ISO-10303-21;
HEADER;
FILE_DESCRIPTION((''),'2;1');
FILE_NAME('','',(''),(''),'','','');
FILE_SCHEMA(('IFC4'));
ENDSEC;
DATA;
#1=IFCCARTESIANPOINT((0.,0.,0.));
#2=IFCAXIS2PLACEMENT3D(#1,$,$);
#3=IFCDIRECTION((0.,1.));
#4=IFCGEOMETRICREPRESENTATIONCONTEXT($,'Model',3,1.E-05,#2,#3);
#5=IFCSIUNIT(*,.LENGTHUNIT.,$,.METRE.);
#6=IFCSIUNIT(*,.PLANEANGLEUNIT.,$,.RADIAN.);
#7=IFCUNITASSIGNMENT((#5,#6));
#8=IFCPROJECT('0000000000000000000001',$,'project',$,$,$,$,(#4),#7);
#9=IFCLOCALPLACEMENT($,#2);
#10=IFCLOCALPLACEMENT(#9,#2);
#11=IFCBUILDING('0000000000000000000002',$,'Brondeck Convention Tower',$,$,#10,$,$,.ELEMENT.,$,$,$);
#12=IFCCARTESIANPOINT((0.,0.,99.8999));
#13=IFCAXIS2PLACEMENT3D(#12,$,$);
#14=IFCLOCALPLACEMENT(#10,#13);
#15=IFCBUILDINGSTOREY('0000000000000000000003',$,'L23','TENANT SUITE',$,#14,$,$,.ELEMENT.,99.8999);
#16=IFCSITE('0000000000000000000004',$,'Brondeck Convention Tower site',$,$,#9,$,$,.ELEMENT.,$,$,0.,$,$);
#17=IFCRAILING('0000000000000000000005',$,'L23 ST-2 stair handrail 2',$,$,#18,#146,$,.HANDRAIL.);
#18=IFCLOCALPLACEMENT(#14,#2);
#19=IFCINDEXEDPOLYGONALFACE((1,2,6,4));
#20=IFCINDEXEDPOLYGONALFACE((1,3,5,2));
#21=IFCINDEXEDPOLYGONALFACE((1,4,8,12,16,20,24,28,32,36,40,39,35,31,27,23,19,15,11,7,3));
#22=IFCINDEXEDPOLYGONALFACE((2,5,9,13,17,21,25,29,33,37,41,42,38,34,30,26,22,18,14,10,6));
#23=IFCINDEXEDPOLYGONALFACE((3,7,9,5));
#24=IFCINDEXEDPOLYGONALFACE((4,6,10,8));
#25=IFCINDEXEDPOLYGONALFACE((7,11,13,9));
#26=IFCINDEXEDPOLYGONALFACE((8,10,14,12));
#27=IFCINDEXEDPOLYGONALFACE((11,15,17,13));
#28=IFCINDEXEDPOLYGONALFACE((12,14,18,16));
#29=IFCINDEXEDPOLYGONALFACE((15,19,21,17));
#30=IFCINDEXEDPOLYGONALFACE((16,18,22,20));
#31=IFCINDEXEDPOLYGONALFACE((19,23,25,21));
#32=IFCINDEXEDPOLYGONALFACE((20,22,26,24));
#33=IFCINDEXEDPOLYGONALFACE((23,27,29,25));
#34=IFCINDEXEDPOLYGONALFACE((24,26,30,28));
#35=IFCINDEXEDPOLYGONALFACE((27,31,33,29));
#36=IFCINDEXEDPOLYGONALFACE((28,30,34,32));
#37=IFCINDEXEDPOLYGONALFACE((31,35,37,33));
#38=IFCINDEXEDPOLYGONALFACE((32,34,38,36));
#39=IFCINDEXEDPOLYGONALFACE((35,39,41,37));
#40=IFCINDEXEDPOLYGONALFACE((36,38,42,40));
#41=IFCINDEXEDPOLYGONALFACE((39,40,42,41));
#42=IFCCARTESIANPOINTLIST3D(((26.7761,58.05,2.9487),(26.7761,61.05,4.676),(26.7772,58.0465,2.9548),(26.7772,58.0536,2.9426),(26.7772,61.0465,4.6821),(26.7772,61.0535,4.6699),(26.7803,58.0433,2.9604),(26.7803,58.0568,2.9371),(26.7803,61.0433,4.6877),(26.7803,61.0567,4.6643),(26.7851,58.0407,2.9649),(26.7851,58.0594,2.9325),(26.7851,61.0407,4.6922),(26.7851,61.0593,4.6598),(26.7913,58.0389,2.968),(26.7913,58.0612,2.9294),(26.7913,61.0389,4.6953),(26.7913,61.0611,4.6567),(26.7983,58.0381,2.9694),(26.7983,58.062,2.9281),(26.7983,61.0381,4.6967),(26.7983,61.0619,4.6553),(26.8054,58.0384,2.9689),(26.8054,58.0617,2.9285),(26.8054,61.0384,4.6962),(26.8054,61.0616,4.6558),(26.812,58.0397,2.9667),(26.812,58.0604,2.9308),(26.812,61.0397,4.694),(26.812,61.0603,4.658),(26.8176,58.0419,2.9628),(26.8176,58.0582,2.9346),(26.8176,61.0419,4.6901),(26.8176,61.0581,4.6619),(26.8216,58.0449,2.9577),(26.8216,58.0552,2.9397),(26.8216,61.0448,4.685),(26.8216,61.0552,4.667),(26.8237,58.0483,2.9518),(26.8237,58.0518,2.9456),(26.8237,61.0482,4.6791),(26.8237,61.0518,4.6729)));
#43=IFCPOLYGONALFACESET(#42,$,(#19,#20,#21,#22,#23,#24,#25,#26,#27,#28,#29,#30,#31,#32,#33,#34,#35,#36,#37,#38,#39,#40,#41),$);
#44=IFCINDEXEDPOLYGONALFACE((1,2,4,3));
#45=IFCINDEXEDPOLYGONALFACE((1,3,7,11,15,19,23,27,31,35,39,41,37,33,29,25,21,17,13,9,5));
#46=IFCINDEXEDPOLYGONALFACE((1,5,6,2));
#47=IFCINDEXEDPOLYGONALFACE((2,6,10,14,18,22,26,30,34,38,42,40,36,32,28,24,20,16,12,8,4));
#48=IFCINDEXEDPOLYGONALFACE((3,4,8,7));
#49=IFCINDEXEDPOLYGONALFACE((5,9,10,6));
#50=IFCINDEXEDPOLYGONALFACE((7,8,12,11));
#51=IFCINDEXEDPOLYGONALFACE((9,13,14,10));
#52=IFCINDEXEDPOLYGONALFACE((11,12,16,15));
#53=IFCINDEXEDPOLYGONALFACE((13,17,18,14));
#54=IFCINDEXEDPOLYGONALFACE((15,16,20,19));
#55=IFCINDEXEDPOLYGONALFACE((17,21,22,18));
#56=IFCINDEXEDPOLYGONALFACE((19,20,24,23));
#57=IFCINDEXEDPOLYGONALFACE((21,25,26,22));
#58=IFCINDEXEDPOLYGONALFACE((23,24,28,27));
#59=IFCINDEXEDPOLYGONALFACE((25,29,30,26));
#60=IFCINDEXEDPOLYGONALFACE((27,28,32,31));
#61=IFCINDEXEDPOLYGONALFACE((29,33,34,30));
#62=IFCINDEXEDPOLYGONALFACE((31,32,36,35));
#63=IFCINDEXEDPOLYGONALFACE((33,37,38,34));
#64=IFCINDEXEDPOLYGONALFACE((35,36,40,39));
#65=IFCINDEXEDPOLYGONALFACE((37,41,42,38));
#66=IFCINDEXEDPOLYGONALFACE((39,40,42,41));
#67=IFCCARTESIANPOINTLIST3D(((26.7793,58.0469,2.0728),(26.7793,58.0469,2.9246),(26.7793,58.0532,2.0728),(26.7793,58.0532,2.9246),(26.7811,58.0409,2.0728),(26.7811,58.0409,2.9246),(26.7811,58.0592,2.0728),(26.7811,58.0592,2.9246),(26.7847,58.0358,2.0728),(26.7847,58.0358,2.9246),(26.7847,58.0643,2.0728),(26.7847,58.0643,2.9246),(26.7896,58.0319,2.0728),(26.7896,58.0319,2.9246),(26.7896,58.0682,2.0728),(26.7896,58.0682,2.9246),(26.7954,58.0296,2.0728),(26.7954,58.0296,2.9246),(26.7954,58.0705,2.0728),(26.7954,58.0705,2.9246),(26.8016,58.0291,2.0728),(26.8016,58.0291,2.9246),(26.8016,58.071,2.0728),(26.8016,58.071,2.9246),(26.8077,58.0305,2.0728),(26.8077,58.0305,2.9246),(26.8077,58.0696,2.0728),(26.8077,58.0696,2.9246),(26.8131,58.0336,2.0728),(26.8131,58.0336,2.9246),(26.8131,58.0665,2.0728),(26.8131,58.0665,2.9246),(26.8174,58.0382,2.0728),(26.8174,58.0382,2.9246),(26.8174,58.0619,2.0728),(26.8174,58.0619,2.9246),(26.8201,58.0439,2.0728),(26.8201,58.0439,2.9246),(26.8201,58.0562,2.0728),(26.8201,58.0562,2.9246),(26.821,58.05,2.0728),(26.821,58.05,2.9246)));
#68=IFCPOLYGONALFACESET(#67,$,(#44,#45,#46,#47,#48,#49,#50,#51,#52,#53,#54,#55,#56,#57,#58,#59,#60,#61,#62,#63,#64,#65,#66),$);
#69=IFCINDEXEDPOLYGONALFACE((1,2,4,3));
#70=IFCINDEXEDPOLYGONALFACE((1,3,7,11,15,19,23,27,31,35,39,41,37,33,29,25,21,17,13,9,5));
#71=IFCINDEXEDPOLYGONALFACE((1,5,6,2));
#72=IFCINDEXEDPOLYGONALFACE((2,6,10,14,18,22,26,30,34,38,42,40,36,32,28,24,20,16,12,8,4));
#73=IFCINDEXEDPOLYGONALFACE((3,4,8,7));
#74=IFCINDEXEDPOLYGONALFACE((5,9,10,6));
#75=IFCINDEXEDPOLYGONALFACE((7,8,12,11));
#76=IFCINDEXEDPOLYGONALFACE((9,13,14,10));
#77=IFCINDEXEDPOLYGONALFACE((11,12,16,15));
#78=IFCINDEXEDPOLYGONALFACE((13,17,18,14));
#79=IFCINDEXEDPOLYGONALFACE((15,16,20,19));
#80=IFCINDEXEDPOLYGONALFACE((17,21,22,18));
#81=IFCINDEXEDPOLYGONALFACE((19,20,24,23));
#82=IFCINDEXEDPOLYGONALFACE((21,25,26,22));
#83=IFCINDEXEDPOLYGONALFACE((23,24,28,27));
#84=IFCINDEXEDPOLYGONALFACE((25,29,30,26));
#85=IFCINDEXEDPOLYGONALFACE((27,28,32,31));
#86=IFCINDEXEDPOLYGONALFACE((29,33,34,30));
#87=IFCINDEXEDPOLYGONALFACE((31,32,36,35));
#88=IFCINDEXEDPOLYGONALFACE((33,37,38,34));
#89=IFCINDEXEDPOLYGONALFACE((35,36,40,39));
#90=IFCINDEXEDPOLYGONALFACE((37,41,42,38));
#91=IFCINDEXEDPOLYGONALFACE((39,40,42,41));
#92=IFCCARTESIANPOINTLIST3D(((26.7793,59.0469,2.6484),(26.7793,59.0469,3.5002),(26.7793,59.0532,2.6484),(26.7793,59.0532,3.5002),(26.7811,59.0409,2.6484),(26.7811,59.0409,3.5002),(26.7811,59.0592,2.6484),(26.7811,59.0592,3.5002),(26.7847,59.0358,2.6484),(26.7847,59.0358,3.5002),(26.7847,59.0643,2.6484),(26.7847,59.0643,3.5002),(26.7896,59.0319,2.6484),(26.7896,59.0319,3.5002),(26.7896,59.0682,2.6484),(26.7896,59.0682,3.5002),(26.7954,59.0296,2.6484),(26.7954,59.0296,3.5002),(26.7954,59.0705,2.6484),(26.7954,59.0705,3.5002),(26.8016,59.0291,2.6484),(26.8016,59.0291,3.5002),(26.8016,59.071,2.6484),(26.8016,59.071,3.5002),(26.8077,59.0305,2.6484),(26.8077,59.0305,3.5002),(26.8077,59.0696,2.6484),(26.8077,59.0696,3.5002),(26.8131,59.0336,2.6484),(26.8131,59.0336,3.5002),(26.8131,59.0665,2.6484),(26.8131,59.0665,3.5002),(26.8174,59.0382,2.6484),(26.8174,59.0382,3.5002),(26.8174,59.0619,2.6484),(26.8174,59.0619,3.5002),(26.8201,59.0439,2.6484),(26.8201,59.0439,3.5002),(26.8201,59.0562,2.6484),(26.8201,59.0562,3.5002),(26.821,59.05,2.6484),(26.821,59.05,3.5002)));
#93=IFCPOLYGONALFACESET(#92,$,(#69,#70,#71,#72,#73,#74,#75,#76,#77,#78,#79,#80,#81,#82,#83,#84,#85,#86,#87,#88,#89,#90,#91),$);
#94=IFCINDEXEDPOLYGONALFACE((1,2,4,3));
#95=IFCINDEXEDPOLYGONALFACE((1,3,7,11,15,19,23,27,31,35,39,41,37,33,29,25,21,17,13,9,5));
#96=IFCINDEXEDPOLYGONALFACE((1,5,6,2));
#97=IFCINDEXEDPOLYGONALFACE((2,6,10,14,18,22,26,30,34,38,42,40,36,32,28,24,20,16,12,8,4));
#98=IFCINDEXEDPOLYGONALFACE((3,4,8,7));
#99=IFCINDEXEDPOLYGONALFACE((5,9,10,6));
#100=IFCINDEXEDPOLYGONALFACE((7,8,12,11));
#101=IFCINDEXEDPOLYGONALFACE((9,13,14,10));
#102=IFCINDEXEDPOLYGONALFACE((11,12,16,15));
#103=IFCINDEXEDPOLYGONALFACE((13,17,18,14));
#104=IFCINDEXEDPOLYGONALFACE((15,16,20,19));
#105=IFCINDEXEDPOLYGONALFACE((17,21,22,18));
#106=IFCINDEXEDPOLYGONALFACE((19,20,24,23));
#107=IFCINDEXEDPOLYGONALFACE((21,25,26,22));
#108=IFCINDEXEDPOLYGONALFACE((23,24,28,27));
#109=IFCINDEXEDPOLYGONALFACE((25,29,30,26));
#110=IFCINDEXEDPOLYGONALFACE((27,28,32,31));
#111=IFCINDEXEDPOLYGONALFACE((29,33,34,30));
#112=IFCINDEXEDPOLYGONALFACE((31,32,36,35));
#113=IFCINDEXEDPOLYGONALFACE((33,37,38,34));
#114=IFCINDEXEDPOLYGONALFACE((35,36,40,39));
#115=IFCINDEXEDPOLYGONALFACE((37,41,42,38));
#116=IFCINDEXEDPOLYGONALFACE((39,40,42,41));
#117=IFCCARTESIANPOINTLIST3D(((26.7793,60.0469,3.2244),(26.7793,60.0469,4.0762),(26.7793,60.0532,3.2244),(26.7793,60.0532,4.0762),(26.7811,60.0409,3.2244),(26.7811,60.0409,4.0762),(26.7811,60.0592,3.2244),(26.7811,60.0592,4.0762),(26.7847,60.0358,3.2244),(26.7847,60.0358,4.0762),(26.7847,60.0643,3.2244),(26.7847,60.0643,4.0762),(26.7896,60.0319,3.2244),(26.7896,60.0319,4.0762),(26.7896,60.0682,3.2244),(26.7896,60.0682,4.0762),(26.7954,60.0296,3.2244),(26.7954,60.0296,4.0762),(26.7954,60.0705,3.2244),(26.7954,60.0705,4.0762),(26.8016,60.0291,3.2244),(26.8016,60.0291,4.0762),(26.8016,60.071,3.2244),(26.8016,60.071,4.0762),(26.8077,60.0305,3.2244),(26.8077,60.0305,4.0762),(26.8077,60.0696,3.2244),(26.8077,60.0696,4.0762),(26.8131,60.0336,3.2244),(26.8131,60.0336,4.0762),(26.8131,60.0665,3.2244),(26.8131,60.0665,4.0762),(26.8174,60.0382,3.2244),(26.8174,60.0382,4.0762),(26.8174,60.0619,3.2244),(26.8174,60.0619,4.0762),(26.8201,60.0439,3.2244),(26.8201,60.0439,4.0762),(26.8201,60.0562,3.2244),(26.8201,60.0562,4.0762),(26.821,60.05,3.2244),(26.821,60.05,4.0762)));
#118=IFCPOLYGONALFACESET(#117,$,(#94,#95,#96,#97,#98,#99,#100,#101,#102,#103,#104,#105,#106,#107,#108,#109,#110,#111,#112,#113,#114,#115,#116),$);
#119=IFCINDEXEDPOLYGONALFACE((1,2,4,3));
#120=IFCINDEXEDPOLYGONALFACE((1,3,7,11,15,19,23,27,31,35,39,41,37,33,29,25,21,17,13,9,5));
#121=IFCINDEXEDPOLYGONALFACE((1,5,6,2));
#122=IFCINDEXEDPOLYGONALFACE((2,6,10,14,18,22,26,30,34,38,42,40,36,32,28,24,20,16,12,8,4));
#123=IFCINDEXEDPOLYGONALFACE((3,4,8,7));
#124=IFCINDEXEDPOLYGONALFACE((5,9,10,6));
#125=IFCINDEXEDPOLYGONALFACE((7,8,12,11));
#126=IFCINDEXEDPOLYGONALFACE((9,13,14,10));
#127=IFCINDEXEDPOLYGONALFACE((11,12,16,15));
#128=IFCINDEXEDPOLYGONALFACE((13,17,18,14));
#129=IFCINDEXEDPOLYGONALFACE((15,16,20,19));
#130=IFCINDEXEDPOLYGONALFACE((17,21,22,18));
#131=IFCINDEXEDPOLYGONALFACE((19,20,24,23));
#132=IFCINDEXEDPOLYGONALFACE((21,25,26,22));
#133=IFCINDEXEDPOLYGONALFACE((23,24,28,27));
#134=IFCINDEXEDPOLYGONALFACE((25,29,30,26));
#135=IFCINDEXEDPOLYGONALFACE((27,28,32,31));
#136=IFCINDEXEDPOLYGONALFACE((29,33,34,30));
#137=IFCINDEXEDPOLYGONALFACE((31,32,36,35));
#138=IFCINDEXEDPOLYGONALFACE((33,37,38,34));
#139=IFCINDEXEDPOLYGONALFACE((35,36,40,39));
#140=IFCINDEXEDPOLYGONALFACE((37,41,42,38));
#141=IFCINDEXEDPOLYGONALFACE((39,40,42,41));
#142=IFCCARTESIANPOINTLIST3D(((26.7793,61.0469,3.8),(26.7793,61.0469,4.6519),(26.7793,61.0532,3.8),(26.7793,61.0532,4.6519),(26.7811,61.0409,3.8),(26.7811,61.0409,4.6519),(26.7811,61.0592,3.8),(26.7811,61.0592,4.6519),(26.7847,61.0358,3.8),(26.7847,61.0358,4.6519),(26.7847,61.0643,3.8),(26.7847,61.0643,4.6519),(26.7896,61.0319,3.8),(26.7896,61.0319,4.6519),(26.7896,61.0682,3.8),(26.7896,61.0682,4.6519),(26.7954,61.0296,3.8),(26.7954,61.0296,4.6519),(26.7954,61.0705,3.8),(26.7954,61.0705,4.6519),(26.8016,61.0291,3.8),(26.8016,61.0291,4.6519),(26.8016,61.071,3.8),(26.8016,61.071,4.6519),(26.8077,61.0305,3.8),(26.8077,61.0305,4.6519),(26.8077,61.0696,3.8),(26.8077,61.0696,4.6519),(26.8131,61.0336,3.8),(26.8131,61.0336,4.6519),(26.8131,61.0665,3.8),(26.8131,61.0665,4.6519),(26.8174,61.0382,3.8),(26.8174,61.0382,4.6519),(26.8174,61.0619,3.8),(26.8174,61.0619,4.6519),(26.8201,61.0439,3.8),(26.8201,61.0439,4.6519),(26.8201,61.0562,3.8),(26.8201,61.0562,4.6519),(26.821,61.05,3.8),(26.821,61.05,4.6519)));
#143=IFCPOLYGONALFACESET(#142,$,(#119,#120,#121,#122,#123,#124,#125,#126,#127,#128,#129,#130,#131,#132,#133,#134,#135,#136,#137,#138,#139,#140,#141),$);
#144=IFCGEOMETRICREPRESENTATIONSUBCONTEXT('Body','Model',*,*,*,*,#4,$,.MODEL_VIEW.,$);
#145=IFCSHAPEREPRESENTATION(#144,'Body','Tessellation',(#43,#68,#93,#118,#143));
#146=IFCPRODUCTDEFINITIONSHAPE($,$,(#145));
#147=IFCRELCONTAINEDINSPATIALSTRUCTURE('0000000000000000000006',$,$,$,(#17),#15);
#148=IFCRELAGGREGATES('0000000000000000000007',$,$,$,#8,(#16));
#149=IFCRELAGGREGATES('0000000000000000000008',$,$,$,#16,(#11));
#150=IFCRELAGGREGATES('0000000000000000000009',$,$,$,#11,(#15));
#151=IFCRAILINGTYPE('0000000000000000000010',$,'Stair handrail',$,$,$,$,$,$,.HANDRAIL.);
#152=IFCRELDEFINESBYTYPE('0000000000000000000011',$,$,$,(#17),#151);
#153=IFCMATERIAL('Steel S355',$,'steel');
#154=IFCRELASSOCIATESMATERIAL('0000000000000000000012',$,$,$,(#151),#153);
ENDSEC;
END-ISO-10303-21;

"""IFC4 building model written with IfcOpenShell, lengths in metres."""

from ifc_helpers import new_model, si_unit, direction, frame, origin, origin_2d, place, context, subcontext, project, spatial, circle, extrude, material, type_object, element, save


model = new_model("IFC4")

# Units and contexts
model_context = context("Model", 3, precision=1e-05, world=origin(), true_north=direction((0.0, 1.0)))
body_context = subcontext(model_context, "Body", "Model", "MODEL_VIEW")
ifc_project = project(units=[si_unit("LENGTHUNIT", "METRE"), si_unit("PLANEANGLEUNIT", "RADIAN")], contexts=[model_context])

# Site, building, storey
site_placement = place(None, origin())
site = spatial("IfcSite", under=ifc_project, at=site_placement, Name="Brondeck Convention Tower site", CompositionType="ELEMENT", RefElevation=0.0)
building_placement = place(site_placement, origin())
building = spatial("IfcBuilding", under=site, at=building_placement, Name="Brondeck Convention Tower", CompositionType="ELEMENT")
storey_placement = place(building_placement, frame((0.0, 0.0, 99.8999)))
storey = spatial("IfcBuildingStorey", under=building, at=storey_placement, Name="L23", Description="TENANT SUITE", CompositionType="ELEMENT", Elevation=99.8999)

# Shared definitions
ifc_material_1 = material(Name="Steel S355", Category="steel")

# Railing
railing_type_1 = type_object("IfcRailingType", Name="Stair handrail", PredefinedType="HANDRAIL", material=ifc_material_1)
railing_1_placement = place(storey_placement, frame((26.8, 58.05, 2.0728)))
element("IfcRailing", 1, at=railing_1_placement, inside=storey, type_object=railing_type_1, Name="L23 ST-2 stair handrail 2", PredefinedType="HANDRAIL", context=body_context, shape_type="SweptSolid", body=[
    extrude(circle(Radius=0.0239, at=origin_2d()), frame((0.0, 0.0, 0.876), z_axis=(0.0, 0.86662, 0.498969), x_axis=(-1.0, 0.0, 0.0)), (0.0, 0.0, 1.0), 3.4617),
    extrude(circle(Radius=0.021, at=origin_2d()), origin(), (0.0, 0.0, 1.0), 0.8518),
    extrude(circle(Radius=0.021, at=origin_2d()), frame((0.0, 1.0, 0.5757)), (0.0, 0.0, 1.0), 0.8518),
    extrude(circle(Radius=0.021, at=origin_2d()), frame((0.0, 2.0, 1.1516)), (0.0, 0.0, 1.0), 0.8518),
    extrude(circle(Radius=0.021, at=origin_2d()), frame((0.0, 3.0, 1.7273)), (0.0, 0.0, 1.0), 0.8518),
])

save(model, "model.ifc")
